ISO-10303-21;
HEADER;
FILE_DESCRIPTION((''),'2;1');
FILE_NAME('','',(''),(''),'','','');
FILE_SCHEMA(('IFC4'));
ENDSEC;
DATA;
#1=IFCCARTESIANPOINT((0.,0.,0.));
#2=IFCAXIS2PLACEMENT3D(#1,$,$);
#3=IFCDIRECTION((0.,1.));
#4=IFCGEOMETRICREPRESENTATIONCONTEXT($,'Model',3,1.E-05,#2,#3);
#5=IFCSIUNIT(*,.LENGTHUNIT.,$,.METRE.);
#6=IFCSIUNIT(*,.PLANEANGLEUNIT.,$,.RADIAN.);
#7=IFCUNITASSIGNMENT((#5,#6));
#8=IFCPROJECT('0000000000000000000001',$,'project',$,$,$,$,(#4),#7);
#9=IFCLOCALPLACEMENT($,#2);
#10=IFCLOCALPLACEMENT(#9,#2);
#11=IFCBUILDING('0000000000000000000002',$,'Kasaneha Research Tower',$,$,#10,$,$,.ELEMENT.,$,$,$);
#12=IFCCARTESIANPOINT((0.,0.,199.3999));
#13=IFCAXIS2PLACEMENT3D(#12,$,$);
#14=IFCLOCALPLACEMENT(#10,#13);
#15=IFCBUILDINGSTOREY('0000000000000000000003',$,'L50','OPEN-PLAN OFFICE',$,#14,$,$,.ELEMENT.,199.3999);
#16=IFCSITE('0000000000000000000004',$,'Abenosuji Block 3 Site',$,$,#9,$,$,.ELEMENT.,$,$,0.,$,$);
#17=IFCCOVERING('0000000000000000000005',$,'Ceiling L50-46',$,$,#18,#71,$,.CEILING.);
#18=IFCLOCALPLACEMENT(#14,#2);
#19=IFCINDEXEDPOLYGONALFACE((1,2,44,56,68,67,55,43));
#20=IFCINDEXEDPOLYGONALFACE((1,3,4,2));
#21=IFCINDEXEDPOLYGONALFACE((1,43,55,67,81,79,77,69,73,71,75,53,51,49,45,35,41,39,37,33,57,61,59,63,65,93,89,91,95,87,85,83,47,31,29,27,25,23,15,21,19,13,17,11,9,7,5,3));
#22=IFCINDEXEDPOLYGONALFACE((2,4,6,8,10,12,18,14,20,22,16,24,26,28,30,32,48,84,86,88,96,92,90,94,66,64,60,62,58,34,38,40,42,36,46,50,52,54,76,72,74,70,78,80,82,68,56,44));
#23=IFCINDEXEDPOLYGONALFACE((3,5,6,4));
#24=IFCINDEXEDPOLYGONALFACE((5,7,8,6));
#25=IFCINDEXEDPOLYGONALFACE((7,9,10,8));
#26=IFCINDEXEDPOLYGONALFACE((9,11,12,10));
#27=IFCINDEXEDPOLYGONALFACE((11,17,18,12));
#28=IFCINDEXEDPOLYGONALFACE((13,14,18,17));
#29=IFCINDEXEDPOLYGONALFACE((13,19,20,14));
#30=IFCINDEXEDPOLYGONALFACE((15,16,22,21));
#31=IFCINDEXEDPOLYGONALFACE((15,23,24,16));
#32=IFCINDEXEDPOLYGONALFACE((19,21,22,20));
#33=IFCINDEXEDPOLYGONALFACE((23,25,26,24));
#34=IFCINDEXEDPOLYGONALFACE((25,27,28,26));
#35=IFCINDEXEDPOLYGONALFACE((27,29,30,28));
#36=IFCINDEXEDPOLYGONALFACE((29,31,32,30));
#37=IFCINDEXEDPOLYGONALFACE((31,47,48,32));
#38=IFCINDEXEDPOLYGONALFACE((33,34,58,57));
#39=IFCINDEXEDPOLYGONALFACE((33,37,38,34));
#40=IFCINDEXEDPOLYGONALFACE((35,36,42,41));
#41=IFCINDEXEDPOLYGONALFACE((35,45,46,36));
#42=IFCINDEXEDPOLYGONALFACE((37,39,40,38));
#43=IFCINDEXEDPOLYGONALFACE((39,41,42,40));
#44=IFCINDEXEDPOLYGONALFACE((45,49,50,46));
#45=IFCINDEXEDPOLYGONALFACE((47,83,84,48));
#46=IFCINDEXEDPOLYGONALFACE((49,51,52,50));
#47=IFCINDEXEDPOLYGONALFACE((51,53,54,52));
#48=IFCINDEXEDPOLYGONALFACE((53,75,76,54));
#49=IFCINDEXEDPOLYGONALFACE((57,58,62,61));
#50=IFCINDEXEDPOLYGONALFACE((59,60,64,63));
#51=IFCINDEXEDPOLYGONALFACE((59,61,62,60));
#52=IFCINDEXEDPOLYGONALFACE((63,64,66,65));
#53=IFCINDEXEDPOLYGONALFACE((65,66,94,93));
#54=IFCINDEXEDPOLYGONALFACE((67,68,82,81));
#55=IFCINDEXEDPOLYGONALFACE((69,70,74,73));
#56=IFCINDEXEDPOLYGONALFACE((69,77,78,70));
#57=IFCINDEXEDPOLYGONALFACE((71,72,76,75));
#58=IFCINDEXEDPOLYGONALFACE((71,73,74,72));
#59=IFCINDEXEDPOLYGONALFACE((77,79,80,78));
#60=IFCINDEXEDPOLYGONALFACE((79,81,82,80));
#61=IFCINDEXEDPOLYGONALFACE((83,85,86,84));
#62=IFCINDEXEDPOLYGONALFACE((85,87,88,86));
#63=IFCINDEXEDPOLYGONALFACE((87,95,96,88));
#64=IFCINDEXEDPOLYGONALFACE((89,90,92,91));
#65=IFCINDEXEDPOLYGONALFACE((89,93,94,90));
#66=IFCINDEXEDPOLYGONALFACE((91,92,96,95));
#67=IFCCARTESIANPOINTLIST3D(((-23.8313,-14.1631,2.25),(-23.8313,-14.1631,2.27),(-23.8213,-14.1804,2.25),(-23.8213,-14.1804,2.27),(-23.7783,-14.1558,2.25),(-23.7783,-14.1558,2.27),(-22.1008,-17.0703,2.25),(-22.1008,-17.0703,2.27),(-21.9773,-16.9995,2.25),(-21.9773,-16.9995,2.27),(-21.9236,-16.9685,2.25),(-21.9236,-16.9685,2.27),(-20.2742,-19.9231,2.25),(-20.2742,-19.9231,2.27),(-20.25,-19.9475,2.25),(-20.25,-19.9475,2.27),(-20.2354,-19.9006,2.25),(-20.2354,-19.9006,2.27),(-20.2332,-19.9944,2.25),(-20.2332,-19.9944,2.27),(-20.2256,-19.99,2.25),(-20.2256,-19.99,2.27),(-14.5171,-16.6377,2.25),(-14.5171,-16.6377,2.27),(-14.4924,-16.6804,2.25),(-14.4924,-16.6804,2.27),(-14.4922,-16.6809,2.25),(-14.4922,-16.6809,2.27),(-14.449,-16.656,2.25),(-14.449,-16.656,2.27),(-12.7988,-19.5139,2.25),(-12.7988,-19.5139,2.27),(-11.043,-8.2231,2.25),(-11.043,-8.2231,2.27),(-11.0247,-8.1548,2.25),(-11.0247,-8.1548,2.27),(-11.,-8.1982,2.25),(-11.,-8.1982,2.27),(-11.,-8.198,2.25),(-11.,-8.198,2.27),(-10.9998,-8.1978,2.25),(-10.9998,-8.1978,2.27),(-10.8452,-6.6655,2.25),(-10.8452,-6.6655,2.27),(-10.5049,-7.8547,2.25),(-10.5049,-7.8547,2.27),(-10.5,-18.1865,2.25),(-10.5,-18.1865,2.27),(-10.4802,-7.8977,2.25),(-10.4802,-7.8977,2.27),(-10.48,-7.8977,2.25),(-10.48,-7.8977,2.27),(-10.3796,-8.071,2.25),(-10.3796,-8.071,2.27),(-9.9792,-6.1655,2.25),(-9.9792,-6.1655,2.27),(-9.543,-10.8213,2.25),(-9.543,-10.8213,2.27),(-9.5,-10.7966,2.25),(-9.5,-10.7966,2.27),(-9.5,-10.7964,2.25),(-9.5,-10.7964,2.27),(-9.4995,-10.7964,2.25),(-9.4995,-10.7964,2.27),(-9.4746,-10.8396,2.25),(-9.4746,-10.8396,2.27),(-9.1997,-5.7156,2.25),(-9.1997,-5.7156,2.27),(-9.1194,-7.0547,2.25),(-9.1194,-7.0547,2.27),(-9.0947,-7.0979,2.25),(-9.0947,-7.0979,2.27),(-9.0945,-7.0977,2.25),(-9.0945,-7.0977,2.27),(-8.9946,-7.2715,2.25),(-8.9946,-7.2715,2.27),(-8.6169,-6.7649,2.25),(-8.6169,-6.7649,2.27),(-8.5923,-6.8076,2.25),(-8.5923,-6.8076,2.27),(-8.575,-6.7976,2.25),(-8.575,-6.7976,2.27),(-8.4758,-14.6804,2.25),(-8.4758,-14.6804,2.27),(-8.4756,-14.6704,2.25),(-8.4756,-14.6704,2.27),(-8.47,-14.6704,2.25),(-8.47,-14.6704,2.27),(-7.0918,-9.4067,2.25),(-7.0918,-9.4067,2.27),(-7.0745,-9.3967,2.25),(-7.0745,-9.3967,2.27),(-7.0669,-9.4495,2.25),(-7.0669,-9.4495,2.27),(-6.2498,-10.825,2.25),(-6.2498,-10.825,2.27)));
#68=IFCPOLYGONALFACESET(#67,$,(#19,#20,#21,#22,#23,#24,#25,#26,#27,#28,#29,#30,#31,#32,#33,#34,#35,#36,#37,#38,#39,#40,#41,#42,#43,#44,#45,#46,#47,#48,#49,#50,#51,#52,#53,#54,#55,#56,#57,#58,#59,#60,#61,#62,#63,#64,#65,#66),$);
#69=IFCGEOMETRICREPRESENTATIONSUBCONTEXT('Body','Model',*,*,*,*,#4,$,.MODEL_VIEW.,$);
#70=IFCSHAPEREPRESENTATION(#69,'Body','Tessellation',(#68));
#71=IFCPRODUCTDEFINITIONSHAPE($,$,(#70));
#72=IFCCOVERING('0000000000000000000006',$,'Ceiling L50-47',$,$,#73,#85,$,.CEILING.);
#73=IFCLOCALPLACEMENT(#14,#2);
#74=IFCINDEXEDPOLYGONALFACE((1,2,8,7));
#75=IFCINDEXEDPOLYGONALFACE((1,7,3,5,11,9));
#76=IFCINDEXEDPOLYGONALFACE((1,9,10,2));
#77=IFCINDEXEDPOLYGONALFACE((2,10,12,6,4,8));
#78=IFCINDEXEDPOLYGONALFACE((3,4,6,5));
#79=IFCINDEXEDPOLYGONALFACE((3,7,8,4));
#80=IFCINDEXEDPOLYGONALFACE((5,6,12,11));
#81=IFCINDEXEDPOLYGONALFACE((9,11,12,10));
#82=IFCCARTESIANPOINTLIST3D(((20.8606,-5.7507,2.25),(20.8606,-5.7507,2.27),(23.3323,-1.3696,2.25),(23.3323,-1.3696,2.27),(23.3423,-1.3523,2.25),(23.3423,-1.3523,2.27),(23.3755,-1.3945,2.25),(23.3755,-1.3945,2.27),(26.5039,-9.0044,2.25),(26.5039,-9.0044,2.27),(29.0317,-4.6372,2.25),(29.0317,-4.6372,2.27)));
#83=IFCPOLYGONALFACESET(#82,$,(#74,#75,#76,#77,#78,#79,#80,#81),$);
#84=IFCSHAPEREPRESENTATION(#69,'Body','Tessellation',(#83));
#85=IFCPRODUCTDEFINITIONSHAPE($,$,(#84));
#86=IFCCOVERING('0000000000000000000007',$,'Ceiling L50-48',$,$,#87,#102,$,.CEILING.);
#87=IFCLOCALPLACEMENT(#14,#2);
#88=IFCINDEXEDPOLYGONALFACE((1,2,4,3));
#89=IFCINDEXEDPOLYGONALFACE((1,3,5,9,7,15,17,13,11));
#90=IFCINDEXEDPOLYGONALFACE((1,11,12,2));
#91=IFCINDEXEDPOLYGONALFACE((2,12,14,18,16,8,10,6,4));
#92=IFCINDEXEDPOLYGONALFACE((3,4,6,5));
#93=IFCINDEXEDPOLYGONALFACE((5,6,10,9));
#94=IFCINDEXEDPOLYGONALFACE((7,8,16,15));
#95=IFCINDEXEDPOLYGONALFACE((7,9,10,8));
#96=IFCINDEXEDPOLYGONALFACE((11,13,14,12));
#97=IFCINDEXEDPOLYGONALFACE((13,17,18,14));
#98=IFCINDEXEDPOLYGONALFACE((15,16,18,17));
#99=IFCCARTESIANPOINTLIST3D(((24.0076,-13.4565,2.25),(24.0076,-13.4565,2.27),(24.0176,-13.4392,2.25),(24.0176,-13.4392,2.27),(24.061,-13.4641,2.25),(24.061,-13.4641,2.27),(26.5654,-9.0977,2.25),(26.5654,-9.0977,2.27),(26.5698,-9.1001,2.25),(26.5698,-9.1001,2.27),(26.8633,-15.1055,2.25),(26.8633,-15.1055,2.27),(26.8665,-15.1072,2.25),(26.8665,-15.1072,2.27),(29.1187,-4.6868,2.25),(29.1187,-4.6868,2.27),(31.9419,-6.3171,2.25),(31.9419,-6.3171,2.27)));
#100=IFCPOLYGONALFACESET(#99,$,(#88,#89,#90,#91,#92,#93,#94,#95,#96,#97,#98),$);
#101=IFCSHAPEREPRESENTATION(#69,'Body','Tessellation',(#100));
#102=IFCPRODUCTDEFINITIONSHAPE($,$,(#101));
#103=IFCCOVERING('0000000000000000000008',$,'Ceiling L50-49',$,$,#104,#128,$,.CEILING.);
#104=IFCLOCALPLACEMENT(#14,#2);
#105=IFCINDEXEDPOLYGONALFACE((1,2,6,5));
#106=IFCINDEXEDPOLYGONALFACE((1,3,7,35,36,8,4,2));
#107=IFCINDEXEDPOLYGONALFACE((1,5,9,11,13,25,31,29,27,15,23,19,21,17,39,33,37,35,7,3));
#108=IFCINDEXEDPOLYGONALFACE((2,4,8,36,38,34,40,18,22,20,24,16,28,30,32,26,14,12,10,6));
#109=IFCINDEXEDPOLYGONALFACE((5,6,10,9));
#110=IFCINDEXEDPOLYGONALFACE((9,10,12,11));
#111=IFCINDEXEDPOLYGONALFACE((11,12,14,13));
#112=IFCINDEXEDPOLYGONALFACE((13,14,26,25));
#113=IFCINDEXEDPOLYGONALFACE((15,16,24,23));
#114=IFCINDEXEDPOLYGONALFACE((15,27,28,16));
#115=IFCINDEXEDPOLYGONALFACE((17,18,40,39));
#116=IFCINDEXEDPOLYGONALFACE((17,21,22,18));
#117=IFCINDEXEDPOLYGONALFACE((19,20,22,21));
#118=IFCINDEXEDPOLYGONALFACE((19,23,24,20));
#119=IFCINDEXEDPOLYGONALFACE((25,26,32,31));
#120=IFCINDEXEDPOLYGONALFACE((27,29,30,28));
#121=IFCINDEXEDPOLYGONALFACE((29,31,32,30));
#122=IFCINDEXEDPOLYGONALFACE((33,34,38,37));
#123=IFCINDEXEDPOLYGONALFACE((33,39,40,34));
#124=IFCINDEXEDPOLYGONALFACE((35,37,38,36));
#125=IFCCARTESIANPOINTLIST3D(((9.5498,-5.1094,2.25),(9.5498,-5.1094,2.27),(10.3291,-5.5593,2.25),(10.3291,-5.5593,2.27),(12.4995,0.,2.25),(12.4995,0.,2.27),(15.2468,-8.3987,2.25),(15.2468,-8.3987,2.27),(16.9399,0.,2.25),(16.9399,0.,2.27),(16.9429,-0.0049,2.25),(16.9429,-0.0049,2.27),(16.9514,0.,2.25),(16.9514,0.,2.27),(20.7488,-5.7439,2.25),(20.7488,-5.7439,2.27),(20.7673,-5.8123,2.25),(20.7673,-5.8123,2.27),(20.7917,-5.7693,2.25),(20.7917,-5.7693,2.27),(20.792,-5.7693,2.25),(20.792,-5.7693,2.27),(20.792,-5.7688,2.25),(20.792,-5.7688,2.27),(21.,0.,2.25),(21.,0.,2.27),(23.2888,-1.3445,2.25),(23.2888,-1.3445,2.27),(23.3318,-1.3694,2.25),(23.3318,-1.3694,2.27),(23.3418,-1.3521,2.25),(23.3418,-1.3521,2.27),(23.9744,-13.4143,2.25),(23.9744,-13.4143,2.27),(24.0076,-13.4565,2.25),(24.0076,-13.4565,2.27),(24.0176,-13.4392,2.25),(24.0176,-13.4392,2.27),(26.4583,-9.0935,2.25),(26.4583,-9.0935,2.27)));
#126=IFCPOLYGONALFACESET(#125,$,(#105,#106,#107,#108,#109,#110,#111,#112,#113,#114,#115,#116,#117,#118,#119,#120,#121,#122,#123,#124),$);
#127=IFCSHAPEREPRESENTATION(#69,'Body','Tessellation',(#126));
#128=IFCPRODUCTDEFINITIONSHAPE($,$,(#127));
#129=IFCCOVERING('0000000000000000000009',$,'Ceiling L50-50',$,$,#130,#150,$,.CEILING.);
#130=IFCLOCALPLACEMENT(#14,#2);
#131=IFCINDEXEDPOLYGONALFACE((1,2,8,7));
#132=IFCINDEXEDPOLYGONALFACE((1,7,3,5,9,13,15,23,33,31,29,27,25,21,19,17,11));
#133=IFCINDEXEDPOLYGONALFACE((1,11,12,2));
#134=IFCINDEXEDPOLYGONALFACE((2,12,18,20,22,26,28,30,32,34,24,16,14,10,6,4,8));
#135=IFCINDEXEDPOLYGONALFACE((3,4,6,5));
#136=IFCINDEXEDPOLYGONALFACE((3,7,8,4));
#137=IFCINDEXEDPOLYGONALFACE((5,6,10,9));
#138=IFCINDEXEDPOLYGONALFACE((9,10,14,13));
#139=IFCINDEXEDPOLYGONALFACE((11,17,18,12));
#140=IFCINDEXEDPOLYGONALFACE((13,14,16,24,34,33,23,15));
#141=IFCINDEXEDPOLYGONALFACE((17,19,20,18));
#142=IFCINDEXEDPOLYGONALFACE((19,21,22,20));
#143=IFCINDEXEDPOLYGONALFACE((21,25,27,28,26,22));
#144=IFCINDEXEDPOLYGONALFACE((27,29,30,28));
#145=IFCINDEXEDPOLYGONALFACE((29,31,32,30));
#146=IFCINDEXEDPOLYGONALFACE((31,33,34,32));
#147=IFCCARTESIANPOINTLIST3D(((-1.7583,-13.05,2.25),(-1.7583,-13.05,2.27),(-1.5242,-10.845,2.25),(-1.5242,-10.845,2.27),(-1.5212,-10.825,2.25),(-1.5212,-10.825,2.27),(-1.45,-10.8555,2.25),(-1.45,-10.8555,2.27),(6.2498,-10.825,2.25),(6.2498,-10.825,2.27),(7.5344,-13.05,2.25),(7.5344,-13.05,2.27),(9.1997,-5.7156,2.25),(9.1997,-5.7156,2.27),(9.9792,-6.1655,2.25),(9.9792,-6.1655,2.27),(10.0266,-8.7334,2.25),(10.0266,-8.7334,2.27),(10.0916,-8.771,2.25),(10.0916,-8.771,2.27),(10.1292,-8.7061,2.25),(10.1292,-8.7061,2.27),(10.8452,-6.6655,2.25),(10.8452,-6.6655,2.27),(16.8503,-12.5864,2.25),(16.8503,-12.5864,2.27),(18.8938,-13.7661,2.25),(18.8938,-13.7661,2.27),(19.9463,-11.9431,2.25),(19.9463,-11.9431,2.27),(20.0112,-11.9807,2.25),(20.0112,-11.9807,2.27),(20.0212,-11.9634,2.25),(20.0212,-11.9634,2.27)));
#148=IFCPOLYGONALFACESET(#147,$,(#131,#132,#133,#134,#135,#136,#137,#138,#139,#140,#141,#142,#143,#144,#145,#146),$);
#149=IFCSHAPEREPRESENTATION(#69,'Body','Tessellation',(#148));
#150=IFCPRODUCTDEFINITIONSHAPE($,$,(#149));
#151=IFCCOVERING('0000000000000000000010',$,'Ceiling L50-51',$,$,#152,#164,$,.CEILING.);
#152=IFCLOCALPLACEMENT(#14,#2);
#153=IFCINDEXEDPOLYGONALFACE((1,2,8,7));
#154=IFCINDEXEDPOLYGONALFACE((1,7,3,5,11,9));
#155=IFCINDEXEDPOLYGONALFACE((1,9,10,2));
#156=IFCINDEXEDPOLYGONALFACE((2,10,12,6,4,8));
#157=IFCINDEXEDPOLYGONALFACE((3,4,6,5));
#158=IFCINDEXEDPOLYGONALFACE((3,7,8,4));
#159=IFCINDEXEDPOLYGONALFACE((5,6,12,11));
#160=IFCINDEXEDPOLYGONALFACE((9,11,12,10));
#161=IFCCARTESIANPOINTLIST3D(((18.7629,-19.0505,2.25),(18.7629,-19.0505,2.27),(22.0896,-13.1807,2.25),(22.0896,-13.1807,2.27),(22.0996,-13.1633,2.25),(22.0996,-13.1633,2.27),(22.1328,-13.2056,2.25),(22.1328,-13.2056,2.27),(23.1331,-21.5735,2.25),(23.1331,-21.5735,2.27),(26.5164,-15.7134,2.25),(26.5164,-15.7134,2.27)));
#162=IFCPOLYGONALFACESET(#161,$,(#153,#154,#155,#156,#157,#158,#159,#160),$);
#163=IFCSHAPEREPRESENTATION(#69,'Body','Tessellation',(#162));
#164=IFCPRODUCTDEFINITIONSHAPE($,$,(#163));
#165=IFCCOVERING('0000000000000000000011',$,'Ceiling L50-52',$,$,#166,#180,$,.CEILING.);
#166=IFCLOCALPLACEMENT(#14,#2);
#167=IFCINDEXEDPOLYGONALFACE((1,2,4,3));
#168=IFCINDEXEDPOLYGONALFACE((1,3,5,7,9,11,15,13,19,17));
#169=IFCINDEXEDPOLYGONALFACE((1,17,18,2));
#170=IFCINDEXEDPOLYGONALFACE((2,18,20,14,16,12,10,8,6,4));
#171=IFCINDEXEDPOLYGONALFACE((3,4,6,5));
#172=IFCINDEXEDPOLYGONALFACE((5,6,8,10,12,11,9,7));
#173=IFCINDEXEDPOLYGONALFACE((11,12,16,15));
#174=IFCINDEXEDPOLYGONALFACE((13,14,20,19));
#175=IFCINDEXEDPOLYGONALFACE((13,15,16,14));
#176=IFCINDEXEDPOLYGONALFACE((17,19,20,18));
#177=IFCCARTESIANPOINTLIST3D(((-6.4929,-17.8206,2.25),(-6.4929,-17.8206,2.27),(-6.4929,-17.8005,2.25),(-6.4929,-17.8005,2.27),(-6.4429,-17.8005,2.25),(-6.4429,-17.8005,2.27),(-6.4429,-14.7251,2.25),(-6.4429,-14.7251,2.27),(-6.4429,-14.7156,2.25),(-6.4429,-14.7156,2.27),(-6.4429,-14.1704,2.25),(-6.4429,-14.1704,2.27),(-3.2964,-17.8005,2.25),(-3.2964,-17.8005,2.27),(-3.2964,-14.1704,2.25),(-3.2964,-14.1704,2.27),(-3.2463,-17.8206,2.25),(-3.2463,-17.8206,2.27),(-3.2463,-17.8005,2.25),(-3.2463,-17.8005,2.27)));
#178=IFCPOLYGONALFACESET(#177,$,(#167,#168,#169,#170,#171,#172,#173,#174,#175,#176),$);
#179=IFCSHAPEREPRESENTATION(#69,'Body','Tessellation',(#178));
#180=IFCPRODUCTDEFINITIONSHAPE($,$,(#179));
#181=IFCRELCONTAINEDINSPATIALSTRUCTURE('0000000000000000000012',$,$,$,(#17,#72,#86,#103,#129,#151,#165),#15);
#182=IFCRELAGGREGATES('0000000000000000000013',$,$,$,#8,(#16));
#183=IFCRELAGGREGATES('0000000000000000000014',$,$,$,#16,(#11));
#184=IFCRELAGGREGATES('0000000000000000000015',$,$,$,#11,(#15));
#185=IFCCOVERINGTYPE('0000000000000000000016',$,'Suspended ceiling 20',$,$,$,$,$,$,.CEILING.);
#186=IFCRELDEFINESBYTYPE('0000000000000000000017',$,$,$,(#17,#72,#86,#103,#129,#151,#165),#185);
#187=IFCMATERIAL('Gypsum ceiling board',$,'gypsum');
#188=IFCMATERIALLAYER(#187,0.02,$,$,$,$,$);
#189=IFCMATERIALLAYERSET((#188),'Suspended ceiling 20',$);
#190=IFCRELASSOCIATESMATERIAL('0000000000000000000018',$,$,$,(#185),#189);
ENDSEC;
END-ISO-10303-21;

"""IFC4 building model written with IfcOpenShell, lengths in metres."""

from ifc_helpers import new_model, si_unit, direction, frame, origin, place, context, subcontext, project, spatial, polyline, outline, extrude, material, layer, layer_set, type_object, element, save


model = new_model("IFC4")

# Units and contexts
model_context = context("Model", 3, precision=1e-05, world=origin(), true_north=direction((0.0, 1.0)))
body_context = subcontext(model_context, "Body", "Model", "MODEL_VIEW")
ifc_project = project(units=[si_unit("LENGTHUNIT", "METRE"), si_unit("PLANEANGLEUNIT", "RADIAN")], contexts=[model_context])

# Site, building, storey
site_placement = place(None, origin())
site = spatial("IfcSite", under=ifc_project, at=site_placement, Name="Abenosuji Block 3 Site", CompositionType="ELEMENT", RefElevation=0.0)
building_placement = place(site_placement, origin())
building = spatial("IfcBuilding", under=site, at=building_placement, Name="Kasaneha Research Tower", CompositionType="ELEMENT")
storey_placement = place(building_placement, frame((0.0, 0.0, 199.3999)))
storey = spatial("IfcBuildingStorey", under=building, at=storey_placement, Name="L50", Description="OPEN-PLAN OFFICE", CompositionType="ELEMENT", Elevation=199.3999)

# Coverings
ifc_material_1 = material(Name="Gypsum ceiling board", Category="gypsum")
ifc_layer_1 = layer(ifc_material_1, 0.02)
ifc_layer_set_1 = layer_set([ifc_layer_1], Name="Suspended ceiling 20")
covering_type_1 = type_object("IfcCoveringType", Name="Suspended ceiling 20", PredefinedType="CEILING", material=ifc_layer_set_1)
covering_1_placement = place(storey_placement, frame((0.0, 0.0, 2.25)))
element("IfcCovering", 1, at=covering_1_placement, inside=storey, type_object=covering_type_1, Name="Ceiling L50-46", PredefinedType="CEILING", context=body_context, shape_type="SweptSolid", body=[
    extrude(outline(polyline([(-9.1997, -5.7156), (-8.575, -6.7976), (-8.5923, -6.8076), (-8.6169, -6.7649), (-9.1194, -7.0547), (-9.0945, -7.0977), (-9.0947, -7.0979), (-8.9946, -7.2715), (-10.3796, -8.071), (-10.48, -7.8977), (-10.4802, -7.8977), (-10.5049, -7.8547), (-11.0247, -8.1548), (-10.9998, -8.1978), (-11.0, -8.198), (-11.0, -8.1982), (-11.043, -8.2231), (-9.543, -10.8213), (-9.5, -10.7964), (-9.5, -10.7966), (-9.4995, -10.7964), (-9.4746, -10.8396), (-7.0669, -9.4495), (-7.0918, -9.4067), (-7.0745, -9.3967), (-6.2498, -10.825), (-8.47, -14.6704), (-8.4756, -14.6704), (-8.4758, -14.6804), (-10.5, -18.1865), (-12.7988, -19.5139), (-14.449, -16.656), (-14.4922, -16.6809), (-14.4924, -16.6804), (-14.4924, -16.6804), (-14.5171, -16.6377), (-20.25, -19.9475), (-20.2256, -19.99), (-20.2332, -19.9944), (-20.2742, -19.9231), (-20.2354, -19.9006), (-21.9236, -16.9685), (-21.9773, -16.9995), (-22.1008, -17.0703), (-23.7783, -14.1558), (-23.8213, -14.1804), (-23.8313, -14.1631), (-10.8452, -6.6655), (-10.8452, -6.6655), (-9.9792, -6.1655), (-9.9792, -6.1655), (-9.1997, -5.7156)])), origin(), (0.0, 0.0, 1.0), 0.02),
])
covering_2_placement = place(storey_placement, frame((0.0, 0.0, 2.25)))
element("IfcCovering", 2, at=covering_2_placement, inside=storey, type_object=covering_type_1, Name="Ceiling L50-47", PredefinedType="CEILING", context=body_context, shape_type="SweptSolid", body=[
    extrude(outline(polyline([(29.0317, -4.6372), (26.5039, -9.0044), (20.8606, -5.7507), (23.3755, -1.3945), (23.3323, -1.3696), (23.3423, -1.3523), (29.0317, -4.6372)])), origin(), (0.0, 0.0, 1.0), 0.02),
])
covering_3_placement = place(storey_placement, frame((0.0, 0.0, 2.25)))
element("IfcCovering", 3, at=covering_3_placement, inside=storey, type_object=covering_type_1, Name="Ceiling L50-48", PredefinedType="CEILING", context=body_context, shape_type="SweptSolid", body=[
    extrude(outline(polyline([(24.0076, -13.4565), (24.0176, -13.4392), (24.061, -13.4641), (26.5698, -9.1001), (26.5654, -9.0977), (29.1187, -4.6868), (31.9419, -6.3171), (26.8665, -15.1072), (26.8633, -15.1055), (24.0076, -13.4565)])), origin(), (0.0, 0.0, 1.0), 0.02),
])
covering_4_placement = place(storey_placement, frame((0.0, 0.0, 2.25)))
element("IfcCovering", 4, at=covering_4_placement, inside=storey, type_object=covering_type_1, Name="Ceiling L50-49", PredefinedType="CEILING", context=body_context, shape_type="SweptSolid", body=[
    extrude(outline(polyline([(9.5498, -5.1094), (12.4995, 0.0), (16.9399, 0.0), (16.9429, -0.0049), (16.9514, 0.0), (21.0, 0.0), (23.3418, -1.3521), (23.3318, -1.3694), (23.2888, -1.3445), (20.7488, -5.7439), (20.792, -5.7688), (20.7917, -5.7693), (20.792, -5.7693), (20.7673, -5.8123), (26.4583, -9.0935), (23.9744, -13.4143), (24.0176, -13.4392), (24.0076, -13.4565), (15.2468, -8.3987), (10.3291, -5.5593), (10.3291, -5.5593), (9.5498, -5.1094)])), origin(), (0.0, 0.0, 1.0), 0.02),
])
covering_5_placement = place(storey_placement, frame((0.0, 0.0, 2.25)))
element("IfcCovering", 5, at=covering_5_placement, inside=storey, type_object=covering_type_1, Name="Ceiling L50-50", PredefinedType="CEILING", context=body_context, shape_type="SweptSolid", body=[
    extrude(outline(polyline([(10.0916, -8.771), (10.0266, -8.7334), (7.5344, -13.05), (-1.7583, -13.05), (-1.45, -10.8555), (-1.5242, -10.845), (-1.5212, -10.825), (6.2498, -10.825), (9.1997, -5.7156), (9.9792, -6.1655), (9.9792, -6.1655), (10.8452, -6.6655), (10.8452, -6.6655), (20.0212, -11.9634), (20.0112, -11.9807), (19.9463, -11.9431), (18.8938, -13.7661), (16.8503, -12.5864), (16.8503, -12.5864), (10.1292, -8.7061), (10.0916, -8.771), (10.0916, -8.7708), (10.0916, -8.771)])), origin(), (0.0, 0.0, 1.0), 0.02),
])
covering_6_placement = place(storey_placement, frame((0.0, 0.0, 2.25)))
element("IfcCovering", 6, at=covering_6_placement, inside=storey, type_object=covering_type_1, Name="Ceiling L50-51", PredefinedType="CEILING", context=body_context, shape_type="SweptSolid", body=[
    extrude(outline(polyline([(18.7629, -19.0505), (22.1328, -13.2056), (22.0896, -13.1807), (22.0996, -13.1633), (26.5164, -15.7134), (23.1331, -21.5735), (18.7629, -19.0505)])), origin(), (0.0, 0.0, 1.0), 0.02),
])
covering_7_placement = place(storey_placement, frame((0.0, 0.0, 2.25)))
element("IfcCovering", 7, at=covering_7_placement, inside=storey, type_object=covering_type_1, Name="Ceiling L50-52", PredefinedType="CEILING", context=body_context, shape_type="SweptSolid", body=[
    extrude(outline(polyline([(-6.4929, -17.8206), (-6.4929, -17.8005), (-6.4429, -17.8005), (-6.4429, -14.7251), (-6.4429, -14.7156), (-6.4429, -14.1704), (-3.2964, -14.1704), (-3.2964, -17.8005), (-3.2463, -17.8005), (-3.2463, -17.8206), (-6.4929, -17.8206)])), origin(), (0.0, 0.0, 1.0), 0.02),
])

save(model, "model.ifc")
